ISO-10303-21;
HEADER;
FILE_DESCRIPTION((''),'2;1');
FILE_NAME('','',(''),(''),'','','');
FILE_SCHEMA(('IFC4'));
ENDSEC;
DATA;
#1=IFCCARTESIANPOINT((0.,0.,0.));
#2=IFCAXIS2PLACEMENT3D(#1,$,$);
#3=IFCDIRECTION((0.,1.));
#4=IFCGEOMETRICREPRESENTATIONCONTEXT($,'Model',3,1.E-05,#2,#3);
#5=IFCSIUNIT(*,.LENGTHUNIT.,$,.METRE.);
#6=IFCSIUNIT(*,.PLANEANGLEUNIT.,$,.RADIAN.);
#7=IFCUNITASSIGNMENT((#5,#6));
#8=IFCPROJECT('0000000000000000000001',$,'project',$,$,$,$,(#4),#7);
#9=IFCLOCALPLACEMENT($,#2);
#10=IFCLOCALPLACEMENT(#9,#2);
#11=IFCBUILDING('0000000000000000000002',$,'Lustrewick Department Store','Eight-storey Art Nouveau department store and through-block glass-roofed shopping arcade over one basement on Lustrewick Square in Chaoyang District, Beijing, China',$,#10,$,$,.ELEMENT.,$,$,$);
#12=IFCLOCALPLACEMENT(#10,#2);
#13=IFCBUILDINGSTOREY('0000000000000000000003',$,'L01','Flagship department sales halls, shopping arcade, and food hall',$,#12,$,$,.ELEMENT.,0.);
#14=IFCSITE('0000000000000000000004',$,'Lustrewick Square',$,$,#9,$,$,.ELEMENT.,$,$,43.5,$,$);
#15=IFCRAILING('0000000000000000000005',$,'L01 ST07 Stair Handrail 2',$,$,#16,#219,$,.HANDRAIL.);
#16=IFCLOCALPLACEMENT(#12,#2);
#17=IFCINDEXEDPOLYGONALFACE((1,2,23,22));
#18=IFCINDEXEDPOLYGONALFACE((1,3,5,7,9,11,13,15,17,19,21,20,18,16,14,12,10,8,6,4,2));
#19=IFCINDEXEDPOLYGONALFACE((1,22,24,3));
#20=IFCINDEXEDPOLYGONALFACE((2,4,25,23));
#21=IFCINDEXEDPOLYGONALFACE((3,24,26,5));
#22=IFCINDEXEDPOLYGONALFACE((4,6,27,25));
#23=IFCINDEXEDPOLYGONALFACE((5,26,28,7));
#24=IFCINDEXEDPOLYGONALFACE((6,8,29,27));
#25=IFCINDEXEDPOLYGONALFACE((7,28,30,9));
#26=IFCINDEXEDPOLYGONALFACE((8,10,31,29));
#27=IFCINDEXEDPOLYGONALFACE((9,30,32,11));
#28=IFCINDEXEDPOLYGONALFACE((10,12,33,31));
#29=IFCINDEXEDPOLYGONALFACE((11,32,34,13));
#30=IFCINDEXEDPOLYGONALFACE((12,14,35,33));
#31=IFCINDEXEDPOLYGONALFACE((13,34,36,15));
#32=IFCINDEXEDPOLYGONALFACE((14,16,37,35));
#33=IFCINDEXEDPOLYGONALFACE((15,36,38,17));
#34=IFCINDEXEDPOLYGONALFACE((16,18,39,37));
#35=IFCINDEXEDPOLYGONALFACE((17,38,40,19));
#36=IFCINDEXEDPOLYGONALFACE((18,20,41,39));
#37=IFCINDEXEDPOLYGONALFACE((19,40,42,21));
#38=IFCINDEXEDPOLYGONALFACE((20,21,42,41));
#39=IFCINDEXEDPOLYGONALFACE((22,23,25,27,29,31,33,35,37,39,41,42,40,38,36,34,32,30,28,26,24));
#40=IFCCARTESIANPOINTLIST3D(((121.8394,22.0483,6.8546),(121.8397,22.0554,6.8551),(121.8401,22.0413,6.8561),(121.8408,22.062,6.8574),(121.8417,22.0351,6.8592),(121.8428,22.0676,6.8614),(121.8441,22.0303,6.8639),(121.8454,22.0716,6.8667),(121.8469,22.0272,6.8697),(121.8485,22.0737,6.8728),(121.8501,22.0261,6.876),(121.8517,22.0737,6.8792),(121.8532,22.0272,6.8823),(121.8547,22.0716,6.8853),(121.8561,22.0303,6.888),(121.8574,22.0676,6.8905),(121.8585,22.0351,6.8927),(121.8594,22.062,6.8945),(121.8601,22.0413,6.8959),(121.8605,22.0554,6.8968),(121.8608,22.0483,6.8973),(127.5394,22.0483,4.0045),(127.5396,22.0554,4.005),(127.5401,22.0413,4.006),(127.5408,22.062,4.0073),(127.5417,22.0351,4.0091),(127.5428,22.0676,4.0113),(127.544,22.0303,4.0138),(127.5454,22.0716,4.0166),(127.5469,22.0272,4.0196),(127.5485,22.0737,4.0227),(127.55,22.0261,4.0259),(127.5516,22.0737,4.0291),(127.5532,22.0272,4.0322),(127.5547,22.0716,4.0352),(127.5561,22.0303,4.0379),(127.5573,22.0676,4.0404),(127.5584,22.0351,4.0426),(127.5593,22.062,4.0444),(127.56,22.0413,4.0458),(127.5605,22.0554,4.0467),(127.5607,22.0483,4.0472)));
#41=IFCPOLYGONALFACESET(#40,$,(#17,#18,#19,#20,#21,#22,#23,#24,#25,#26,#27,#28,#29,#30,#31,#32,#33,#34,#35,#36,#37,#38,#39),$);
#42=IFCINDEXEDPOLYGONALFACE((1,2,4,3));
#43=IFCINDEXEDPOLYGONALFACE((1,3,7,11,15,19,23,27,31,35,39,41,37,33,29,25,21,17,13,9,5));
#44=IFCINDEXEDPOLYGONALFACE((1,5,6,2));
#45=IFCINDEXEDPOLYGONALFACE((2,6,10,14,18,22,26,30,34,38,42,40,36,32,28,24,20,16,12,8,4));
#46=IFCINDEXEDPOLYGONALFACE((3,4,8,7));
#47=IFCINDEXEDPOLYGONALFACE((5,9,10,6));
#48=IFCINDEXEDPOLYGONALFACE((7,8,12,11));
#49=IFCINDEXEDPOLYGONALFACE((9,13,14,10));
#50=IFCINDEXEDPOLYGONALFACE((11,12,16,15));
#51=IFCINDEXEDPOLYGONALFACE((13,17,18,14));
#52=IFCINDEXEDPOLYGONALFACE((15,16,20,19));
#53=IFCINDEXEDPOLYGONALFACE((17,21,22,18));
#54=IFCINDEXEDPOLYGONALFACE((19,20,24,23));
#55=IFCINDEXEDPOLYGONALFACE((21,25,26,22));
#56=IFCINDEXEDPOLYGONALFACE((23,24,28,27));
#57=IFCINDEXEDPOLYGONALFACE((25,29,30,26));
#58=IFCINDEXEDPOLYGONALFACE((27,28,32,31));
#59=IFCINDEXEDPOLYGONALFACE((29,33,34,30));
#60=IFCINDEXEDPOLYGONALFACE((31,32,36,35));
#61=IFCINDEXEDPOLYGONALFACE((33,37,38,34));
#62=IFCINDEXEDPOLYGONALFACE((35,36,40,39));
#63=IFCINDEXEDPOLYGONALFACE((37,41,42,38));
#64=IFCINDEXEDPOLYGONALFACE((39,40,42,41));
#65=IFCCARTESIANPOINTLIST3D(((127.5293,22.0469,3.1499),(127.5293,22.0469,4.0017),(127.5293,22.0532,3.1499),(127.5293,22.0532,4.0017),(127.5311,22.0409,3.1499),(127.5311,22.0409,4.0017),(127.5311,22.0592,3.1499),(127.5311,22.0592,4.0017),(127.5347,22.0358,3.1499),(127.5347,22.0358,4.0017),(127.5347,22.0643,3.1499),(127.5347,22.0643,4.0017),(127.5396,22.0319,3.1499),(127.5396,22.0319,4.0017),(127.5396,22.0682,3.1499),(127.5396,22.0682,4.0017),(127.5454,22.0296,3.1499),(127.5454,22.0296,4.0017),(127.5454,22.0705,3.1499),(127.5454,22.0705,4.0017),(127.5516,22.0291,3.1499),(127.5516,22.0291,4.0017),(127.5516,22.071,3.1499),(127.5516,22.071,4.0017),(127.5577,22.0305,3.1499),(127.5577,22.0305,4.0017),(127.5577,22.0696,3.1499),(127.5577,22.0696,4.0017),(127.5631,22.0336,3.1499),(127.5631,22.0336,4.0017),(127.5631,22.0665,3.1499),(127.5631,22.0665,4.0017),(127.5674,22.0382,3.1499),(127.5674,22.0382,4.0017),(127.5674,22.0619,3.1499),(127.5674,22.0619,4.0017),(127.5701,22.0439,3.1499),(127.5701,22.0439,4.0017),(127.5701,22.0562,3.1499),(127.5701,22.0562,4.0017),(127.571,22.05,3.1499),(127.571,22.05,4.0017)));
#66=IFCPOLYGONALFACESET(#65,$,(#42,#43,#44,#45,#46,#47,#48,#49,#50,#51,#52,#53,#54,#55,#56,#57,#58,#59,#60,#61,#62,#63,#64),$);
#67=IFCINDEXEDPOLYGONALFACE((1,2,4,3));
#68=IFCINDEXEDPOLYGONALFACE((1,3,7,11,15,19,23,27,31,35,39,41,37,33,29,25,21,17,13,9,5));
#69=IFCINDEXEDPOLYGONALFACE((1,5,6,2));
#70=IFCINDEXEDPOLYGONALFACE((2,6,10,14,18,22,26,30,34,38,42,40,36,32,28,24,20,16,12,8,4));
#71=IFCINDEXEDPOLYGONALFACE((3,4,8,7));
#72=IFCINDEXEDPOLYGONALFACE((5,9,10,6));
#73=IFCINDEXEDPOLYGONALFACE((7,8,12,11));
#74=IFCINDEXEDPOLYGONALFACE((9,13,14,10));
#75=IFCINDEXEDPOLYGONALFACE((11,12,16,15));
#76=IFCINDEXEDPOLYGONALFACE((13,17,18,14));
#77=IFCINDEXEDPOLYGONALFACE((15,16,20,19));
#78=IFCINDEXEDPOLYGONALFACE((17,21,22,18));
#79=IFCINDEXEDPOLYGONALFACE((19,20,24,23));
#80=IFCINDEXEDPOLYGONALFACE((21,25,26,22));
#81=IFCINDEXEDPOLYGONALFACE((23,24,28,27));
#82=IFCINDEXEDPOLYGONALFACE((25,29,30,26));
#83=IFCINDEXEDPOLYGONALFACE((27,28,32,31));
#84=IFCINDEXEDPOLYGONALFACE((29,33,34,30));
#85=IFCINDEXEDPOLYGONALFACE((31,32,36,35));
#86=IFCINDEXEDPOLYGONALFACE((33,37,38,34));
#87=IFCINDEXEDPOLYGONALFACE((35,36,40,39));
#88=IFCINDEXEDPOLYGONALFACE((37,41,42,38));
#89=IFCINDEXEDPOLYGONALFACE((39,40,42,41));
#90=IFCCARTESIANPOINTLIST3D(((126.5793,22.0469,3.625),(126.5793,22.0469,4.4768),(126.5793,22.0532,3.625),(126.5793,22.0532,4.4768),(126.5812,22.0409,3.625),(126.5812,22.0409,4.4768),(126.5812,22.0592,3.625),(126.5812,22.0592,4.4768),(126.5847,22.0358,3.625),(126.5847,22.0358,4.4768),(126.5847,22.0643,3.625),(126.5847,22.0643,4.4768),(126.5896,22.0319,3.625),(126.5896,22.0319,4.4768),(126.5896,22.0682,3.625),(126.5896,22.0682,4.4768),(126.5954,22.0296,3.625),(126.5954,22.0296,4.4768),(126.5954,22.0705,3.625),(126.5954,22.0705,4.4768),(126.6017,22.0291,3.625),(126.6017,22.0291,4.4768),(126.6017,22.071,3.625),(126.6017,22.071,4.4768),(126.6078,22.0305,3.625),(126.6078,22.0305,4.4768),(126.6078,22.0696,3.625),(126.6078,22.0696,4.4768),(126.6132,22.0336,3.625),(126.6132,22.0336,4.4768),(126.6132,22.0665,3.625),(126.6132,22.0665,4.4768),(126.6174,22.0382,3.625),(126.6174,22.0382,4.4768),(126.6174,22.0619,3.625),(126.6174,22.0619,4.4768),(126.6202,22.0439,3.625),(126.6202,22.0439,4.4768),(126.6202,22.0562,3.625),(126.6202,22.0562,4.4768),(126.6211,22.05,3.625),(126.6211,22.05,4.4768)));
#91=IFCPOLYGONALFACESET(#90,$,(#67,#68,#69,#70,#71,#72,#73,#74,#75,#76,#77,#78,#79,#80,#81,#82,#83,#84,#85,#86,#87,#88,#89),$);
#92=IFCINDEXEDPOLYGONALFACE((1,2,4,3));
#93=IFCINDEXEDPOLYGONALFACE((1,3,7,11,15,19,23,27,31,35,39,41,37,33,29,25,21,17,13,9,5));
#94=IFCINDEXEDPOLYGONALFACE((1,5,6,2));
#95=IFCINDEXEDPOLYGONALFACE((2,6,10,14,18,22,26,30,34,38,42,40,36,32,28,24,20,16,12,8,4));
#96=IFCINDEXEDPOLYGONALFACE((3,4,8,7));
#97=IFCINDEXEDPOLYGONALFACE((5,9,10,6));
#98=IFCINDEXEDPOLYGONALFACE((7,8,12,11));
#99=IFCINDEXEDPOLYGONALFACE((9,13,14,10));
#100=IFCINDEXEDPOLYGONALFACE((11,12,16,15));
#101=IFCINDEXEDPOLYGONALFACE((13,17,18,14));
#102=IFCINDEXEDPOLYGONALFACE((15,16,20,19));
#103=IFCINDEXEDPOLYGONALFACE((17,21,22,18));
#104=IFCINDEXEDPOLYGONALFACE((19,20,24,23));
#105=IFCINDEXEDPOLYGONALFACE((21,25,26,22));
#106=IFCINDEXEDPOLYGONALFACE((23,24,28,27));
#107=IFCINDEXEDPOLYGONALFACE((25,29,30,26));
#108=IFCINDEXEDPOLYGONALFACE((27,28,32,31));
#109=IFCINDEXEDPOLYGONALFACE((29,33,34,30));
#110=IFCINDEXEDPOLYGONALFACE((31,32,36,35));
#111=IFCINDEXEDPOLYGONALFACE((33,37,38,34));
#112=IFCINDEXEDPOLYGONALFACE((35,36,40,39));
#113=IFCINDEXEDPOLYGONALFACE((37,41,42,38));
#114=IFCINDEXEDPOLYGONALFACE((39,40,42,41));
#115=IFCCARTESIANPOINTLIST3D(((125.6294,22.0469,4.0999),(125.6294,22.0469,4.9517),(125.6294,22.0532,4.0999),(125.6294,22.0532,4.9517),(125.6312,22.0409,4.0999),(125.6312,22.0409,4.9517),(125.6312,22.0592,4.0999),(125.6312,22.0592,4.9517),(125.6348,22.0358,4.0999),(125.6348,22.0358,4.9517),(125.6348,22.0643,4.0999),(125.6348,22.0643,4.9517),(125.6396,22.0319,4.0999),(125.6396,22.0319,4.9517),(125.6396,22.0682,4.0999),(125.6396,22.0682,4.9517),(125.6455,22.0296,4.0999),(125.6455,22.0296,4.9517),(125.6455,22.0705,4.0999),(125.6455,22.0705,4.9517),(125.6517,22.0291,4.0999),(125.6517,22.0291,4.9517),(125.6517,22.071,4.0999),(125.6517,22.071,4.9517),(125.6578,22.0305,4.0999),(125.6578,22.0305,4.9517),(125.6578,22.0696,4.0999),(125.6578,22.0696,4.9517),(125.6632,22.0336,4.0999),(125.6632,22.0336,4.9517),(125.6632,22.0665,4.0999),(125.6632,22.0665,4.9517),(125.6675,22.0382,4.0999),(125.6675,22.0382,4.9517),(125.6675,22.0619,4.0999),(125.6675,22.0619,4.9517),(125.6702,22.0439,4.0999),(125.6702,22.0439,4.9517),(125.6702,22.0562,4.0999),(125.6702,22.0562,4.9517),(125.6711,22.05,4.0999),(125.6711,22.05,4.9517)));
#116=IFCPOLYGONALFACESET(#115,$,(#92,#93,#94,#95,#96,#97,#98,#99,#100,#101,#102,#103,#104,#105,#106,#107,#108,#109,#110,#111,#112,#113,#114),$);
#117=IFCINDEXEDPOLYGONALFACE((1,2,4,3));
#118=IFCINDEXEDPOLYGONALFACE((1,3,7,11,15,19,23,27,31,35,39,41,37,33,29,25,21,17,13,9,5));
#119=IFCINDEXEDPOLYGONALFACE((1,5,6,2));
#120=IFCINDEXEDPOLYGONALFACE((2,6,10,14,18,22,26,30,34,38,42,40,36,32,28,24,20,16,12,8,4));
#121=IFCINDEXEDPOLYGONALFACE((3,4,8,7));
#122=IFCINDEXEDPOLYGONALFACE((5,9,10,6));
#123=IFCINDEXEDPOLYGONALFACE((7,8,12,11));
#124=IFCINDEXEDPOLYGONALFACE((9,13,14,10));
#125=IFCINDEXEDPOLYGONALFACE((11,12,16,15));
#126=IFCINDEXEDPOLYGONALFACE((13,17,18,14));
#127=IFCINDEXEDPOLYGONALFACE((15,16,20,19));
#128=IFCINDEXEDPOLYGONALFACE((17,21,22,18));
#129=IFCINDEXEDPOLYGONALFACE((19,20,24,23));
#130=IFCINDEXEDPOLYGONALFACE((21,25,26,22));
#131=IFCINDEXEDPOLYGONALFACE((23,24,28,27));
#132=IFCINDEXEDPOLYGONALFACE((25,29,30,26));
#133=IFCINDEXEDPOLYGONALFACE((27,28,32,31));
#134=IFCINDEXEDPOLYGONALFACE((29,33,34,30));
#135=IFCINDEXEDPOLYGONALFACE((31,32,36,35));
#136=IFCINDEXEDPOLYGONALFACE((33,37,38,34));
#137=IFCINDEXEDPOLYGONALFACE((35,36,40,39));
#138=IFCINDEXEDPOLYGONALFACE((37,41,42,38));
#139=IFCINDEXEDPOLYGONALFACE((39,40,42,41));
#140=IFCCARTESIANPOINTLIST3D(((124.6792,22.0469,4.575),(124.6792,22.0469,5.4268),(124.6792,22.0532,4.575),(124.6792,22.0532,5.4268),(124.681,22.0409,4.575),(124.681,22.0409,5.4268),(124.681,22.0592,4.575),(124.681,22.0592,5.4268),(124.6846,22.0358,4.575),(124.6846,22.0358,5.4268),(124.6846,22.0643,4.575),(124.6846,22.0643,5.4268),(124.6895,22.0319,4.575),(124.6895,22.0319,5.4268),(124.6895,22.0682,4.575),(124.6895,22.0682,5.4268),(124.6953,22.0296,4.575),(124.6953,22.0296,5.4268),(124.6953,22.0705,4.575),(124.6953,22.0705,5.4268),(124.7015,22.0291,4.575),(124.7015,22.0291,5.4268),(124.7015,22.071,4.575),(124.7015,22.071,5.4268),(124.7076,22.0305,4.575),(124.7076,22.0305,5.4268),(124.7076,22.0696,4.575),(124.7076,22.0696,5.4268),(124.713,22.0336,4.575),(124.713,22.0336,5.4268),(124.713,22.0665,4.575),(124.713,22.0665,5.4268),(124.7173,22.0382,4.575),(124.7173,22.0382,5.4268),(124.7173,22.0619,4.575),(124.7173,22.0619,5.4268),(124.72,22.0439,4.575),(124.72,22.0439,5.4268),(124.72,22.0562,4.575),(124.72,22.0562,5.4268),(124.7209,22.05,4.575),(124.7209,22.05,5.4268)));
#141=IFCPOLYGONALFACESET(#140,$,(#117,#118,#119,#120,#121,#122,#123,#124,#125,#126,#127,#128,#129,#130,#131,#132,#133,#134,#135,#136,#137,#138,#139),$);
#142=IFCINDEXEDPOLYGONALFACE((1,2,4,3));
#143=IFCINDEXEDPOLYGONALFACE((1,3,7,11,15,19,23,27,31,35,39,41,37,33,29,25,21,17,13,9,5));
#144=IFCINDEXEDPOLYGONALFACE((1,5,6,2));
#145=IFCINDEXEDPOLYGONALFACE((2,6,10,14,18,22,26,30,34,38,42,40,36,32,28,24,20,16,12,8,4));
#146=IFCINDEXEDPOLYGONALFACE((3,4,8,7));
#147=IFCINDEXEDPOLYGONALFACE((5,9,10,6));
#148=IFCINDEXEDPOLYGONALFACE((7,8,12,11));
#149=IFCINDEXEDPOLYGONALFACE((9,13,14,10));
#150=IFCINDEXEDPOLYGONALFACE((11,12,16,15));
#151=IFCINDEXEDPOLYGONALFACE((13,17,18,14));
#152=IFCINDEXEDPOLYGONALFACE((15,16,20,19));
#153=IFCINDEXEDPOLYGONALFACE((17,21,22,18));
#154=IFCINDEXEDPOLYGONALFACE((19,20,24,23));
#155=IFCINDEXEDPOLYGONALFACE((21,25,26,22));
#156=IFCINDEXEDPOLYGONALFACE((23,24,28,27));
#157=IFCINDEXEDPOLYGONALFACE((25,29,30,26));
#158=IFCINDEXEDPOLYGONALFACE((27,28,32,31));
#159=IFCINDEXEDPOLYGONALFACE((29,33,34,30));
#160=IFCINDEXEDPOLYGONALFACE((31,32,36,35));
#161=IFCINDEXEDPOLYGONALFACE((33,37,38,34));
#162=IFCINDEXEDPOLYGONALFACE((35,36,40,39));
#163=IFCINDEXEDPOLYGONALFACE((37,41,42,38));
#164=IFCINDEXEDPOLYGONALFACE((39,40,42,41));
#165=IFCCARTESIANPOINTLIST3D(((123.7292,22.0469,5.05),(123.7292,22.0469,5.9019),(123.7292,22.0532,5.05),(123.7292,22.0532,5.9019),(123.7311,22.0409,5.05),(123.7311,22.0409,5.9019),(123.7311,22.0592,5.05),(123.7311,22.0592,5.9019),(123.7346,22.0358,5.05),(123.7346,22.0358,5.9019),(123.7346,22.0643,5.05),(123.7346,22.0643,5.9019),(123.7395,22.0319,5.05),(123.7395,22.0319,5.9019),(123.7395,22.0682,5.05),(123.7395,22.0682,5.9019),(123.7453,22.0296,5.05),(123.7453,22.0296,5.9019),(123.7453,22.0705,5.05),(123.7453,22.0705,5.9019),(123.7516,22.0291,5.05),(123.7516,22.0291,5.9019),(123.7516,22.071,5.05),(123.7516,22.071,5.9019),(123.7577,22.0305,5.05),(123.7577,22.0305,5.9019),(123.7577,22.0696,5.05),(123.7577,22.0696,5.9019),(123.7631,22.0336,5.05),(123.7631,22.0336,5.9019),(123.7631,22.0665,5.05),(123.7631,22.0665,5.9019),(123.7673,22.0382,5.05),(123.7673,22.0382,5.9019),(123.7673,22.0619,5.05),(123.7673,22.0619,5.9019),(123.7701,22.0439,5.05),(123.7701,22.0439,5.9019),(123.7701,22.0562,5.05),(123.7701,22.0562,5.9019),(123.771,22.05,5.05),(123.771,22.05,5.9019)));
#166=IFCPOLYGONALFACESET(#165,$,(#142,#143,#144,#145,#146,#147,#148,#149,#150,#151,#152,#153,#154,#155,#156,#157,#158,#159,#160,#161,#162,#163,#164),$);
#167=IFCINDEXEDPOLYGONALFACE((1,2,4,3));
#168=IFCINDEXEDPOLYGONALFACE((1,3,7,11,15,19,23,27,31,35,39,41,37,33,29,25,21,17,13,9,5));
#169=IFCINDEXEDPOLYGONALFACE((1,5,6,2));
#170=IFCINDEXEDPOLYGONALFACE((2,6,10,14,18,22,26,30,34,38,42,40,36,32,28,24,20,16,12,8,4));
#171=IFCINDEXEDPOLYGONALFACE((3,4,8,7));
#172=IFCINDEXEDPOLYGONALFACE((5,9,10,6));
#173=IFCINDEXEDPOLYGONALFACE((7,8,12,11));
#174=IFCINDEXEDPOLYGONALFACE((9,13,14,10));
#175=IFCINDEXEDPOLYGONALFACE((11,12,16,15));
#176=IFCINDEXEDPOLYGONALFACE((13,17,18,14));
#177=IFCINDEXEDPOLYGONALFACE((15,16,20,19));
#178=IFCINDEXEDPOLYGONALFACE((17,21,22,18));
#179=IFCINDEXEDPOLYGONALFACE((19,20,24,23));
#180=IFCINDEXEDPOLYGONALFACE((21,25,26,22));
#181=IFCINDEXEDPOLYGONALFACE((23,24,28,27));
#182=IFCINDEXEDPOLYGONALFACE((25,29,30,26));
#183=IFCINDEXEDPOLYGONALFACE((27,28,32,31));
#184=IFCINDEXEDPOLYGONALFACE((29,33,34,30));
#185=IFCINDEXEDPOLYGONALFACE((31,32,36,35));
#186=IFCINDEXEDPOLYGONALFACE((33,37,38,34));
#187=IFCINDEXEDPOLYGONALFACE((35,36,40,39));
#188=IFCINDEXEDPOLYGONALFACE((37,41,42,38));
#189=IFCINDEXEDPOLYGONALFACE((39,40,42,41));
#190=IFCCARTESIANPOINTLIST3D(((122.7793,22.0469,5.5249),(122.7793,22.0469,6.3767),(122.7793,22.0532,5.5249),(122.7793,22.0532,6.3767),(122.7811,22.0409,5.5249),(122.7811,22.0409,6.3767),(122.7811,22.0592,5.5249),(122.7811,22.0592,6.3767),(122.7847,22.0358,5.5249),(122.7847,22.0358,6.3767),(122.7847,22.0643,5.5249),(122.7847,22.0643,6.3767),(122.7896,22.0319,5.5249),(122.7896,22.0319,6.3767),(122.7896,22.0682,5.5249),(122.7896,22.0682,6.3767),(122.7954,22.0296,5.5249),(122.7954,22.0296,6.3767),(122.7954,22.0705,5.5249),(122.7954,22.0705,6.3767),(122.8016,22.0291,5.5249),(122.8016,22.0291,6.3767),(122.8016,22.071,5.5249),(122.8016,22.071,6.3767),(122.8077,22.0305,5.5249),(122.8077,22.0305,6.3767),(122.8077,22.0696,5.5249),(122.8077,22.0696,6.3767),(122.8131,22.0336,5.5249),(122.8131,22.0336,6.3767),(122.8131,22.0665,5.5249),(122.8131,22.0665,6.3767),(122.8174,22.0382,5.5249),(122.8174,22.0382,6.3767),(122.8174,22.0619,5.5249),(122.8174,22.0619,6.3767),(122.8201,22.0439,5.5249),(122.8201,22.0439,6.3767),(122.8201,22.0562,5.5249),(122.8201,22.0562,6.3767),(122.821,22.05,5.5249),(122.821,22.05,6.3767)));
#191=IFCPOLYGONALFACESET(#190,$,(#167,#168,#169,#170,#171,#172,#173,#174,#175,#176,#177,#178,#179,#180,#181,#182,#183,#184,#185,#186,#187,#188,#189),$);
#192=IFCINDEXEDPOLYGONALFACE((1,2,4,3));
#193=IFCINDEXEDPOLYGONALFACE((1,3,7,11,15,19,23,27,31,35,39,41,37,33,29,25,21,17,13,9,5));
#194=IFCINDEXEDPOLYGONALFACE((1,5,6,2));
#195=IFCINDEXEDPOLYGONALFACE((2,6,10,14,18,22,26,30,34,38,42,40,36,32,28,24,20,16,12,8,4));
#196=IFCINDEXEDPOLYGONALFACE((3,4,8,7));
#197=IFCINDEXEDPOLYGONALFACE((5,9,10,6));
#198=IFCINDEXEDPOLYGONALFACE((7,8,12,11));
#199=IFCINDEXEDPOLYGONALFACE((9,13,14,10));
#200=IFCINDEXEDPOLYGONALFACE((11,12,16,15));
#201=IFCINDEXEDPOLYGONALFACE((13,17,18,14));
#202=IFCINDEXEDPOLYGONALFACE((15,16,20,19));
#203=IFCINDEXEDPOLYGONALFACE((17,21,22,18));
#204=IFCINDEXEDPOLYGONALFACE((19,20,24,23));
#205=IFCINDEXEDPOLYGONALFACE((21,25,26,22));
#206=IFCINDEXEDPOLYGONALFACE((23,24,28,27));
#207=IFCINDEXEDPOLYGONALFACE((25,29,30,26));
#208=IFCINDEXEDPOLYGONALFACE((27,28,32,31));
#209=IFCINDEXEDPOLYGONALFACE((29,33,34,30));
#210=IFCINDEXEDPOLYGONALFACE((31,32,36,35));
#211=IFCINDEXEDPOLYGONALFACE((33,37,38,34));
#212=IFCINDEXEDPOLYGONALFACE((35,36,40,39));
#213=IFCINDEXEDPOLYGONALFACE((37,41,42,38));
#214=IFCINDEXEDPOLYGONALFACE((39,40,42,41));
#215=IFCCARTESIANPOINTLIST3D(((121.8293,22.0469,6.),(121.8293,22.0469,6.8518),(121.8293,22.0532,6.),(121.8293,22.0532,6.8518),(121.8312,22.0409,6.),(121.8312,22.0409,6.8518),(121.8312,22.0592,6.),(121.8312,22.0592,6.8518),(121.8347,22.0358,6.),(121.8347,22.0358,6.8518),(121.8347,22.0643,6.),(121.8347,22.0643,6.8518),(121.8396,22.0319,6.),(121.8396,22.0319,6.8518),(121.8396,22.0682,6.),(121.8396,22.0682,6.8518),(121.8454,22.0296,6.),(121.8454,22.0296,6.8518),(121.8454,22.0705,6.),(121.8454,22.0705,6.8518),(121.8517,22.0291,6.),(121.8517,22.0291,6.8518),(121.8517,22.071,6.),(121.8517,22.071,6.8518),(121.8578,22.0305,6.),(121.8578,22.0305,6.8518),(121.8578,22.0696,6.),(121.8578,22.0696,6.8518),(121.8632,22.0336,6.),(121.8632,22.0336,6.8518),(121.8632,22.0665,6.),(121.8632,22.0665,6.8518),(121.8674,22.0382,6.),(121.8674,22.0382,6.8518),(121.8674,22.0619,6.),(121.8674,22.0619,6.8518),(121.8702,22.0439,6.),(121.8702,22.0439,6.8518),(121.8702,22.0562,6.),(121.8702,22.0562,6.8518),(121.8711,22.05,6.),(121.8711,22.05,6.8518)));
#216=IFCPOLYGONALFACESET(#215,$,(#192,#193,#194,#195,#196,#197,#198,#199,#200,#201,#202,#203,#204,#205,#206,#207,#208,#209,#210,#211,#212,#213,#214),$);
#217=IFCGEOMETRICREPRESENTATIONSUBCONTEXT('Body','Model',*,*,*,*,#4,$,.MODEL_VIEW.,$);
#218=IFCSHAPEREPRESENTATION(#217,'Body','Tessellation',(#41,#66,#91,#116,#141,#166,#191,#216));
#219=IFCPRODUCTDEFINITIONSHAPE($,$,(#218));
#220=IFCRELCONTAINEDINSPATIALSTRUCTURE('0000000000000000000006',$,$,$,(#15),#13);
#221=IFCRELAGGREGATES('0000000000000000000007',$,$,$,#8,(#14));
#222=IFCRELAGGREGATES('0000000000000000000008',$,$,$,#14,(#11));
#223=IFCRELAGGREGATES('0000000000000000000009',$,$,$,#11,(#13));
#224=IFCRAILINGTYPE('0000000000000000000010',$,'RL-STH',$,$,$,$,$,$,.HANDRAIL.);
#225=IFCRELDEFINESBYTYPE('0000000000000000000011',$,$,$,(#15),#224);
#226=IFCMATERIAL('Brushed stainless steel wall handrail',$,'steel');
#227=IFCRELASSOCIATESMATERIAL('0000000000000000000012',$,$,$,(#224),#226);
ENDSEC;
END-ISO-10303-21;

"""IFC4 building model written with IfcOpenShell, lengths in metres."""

from ifc_helpers import new_model, si_unit, direction, frame, origin, origin_2d, place, context, subcontext, project, spatial, circle, extrude, material, type_object, element, save


model = new_model("IFC4")

# Units and contexts
model_context = context("Model", 3, precision=1e-05, world=origin(), true_north=direction((0.0, 1.0)))
body_context = subcontext(model_context, "Body", "Model", "MODEL_VIEW")
ifc_project = project(units=[si_unit("LENGTHUNIT", "METRE"), si_unit("PLANEANGLEUNIT", "RADIAN")], contexts=[model_context])

# Site, building, storey
site_placement = place(None, origin())
site = spatial("IfcSite", under=ifc_project, at=site_placement, Name="Lustrewick Square", CompositionType="ELEMENT", RefElevation=43.5)
building_placement = place(site_placement, origin())
building = spatial("IfcBuilding", under=site, at=building_placement, Name="Lustrewick Department Store", Description="Eight-storey Art Nouveau department store and through-block glass-roofed shopping arcade over one basement on Lustrewick Square in Chaoyang District, Beijing, China", CompositionType="ELEMENT")
storey_placement = place(building_placement, origin())
storey = spatial("IfcBuildingStorey", under=building, at=storey_placement, Name="L01", Description="Flagship department sales halls, shopping arcade, and food hall", CompositionType="ELEMENT", Elevation=0.0)

# Railing
ifc_material_1 = material(Name="Brushed stainless steel wall handrail", Category="steel")
railing_type = type_object("IfcRailingType", Name="RL-STH", PredefinedType="HANDRAIL", material=ifc_material_1)
railing_placement = place(storey_placement, frame((127.55, 22.05, 3.1499)))
element("IfcRailing", 1, at=railing_placement, inside=storey, type_object=railing_type, Name="L01 ST07 Stair Handrail 2", PredefinedType="HANDRAIL", context=body_context, shape_type="SweptSolid", body=[
    extrude(circle(Radius=0.0239, at=origin_2d()), frame((0.0, 0.0, 0.876), z_axis=(-0.89442, 0.0, 0.447229), x_axis=(0.0, -1.0, 0.0)), (0.0, 0.0, 1.0), 6.3728),
    extrude(circle(Radius=0.021, at=origin_2d()), origin(), (0.0, 0.0, 1.0), 0.8518),
    extrude(circle(Radius=0.021, at=origin_2d()), frame((-0.95, 0.0, 0.4751)), (0.0, 0.0, 1.0), 0.8518),
    extrude(circle(Radius=0.021, at=origin_2d()), frame((-1.8999, 0.0, 0.95)), (0.0, 0.0, 1.0), 0.8518),
    extrude(circle(Radius=0.021, at=origin_2d()), frame((-2.8501, 0.0, 1.425)), (0.0, 0.0, 1.0), 0.8518),
    extrude(circle(Radius=0.021, at=origin_2d()), frame((-3.8, 0.0, 1.9001)), (0.0, 0.0, 1.0), 0.8518),
    extrude(circle(Radius=0.021, at=origin_2d()), frame((-4.75, 0.0, 2.375)), (0.0, 0.0, 1.0), 0.8518),
    extrude(circle(Radius=0.021, at=origin_2d()), frame((-5.7, 0.0, 2.8501)), (0.0, 0.0, 1.0), 0.8518),
])

save(model, "model.ifc")
